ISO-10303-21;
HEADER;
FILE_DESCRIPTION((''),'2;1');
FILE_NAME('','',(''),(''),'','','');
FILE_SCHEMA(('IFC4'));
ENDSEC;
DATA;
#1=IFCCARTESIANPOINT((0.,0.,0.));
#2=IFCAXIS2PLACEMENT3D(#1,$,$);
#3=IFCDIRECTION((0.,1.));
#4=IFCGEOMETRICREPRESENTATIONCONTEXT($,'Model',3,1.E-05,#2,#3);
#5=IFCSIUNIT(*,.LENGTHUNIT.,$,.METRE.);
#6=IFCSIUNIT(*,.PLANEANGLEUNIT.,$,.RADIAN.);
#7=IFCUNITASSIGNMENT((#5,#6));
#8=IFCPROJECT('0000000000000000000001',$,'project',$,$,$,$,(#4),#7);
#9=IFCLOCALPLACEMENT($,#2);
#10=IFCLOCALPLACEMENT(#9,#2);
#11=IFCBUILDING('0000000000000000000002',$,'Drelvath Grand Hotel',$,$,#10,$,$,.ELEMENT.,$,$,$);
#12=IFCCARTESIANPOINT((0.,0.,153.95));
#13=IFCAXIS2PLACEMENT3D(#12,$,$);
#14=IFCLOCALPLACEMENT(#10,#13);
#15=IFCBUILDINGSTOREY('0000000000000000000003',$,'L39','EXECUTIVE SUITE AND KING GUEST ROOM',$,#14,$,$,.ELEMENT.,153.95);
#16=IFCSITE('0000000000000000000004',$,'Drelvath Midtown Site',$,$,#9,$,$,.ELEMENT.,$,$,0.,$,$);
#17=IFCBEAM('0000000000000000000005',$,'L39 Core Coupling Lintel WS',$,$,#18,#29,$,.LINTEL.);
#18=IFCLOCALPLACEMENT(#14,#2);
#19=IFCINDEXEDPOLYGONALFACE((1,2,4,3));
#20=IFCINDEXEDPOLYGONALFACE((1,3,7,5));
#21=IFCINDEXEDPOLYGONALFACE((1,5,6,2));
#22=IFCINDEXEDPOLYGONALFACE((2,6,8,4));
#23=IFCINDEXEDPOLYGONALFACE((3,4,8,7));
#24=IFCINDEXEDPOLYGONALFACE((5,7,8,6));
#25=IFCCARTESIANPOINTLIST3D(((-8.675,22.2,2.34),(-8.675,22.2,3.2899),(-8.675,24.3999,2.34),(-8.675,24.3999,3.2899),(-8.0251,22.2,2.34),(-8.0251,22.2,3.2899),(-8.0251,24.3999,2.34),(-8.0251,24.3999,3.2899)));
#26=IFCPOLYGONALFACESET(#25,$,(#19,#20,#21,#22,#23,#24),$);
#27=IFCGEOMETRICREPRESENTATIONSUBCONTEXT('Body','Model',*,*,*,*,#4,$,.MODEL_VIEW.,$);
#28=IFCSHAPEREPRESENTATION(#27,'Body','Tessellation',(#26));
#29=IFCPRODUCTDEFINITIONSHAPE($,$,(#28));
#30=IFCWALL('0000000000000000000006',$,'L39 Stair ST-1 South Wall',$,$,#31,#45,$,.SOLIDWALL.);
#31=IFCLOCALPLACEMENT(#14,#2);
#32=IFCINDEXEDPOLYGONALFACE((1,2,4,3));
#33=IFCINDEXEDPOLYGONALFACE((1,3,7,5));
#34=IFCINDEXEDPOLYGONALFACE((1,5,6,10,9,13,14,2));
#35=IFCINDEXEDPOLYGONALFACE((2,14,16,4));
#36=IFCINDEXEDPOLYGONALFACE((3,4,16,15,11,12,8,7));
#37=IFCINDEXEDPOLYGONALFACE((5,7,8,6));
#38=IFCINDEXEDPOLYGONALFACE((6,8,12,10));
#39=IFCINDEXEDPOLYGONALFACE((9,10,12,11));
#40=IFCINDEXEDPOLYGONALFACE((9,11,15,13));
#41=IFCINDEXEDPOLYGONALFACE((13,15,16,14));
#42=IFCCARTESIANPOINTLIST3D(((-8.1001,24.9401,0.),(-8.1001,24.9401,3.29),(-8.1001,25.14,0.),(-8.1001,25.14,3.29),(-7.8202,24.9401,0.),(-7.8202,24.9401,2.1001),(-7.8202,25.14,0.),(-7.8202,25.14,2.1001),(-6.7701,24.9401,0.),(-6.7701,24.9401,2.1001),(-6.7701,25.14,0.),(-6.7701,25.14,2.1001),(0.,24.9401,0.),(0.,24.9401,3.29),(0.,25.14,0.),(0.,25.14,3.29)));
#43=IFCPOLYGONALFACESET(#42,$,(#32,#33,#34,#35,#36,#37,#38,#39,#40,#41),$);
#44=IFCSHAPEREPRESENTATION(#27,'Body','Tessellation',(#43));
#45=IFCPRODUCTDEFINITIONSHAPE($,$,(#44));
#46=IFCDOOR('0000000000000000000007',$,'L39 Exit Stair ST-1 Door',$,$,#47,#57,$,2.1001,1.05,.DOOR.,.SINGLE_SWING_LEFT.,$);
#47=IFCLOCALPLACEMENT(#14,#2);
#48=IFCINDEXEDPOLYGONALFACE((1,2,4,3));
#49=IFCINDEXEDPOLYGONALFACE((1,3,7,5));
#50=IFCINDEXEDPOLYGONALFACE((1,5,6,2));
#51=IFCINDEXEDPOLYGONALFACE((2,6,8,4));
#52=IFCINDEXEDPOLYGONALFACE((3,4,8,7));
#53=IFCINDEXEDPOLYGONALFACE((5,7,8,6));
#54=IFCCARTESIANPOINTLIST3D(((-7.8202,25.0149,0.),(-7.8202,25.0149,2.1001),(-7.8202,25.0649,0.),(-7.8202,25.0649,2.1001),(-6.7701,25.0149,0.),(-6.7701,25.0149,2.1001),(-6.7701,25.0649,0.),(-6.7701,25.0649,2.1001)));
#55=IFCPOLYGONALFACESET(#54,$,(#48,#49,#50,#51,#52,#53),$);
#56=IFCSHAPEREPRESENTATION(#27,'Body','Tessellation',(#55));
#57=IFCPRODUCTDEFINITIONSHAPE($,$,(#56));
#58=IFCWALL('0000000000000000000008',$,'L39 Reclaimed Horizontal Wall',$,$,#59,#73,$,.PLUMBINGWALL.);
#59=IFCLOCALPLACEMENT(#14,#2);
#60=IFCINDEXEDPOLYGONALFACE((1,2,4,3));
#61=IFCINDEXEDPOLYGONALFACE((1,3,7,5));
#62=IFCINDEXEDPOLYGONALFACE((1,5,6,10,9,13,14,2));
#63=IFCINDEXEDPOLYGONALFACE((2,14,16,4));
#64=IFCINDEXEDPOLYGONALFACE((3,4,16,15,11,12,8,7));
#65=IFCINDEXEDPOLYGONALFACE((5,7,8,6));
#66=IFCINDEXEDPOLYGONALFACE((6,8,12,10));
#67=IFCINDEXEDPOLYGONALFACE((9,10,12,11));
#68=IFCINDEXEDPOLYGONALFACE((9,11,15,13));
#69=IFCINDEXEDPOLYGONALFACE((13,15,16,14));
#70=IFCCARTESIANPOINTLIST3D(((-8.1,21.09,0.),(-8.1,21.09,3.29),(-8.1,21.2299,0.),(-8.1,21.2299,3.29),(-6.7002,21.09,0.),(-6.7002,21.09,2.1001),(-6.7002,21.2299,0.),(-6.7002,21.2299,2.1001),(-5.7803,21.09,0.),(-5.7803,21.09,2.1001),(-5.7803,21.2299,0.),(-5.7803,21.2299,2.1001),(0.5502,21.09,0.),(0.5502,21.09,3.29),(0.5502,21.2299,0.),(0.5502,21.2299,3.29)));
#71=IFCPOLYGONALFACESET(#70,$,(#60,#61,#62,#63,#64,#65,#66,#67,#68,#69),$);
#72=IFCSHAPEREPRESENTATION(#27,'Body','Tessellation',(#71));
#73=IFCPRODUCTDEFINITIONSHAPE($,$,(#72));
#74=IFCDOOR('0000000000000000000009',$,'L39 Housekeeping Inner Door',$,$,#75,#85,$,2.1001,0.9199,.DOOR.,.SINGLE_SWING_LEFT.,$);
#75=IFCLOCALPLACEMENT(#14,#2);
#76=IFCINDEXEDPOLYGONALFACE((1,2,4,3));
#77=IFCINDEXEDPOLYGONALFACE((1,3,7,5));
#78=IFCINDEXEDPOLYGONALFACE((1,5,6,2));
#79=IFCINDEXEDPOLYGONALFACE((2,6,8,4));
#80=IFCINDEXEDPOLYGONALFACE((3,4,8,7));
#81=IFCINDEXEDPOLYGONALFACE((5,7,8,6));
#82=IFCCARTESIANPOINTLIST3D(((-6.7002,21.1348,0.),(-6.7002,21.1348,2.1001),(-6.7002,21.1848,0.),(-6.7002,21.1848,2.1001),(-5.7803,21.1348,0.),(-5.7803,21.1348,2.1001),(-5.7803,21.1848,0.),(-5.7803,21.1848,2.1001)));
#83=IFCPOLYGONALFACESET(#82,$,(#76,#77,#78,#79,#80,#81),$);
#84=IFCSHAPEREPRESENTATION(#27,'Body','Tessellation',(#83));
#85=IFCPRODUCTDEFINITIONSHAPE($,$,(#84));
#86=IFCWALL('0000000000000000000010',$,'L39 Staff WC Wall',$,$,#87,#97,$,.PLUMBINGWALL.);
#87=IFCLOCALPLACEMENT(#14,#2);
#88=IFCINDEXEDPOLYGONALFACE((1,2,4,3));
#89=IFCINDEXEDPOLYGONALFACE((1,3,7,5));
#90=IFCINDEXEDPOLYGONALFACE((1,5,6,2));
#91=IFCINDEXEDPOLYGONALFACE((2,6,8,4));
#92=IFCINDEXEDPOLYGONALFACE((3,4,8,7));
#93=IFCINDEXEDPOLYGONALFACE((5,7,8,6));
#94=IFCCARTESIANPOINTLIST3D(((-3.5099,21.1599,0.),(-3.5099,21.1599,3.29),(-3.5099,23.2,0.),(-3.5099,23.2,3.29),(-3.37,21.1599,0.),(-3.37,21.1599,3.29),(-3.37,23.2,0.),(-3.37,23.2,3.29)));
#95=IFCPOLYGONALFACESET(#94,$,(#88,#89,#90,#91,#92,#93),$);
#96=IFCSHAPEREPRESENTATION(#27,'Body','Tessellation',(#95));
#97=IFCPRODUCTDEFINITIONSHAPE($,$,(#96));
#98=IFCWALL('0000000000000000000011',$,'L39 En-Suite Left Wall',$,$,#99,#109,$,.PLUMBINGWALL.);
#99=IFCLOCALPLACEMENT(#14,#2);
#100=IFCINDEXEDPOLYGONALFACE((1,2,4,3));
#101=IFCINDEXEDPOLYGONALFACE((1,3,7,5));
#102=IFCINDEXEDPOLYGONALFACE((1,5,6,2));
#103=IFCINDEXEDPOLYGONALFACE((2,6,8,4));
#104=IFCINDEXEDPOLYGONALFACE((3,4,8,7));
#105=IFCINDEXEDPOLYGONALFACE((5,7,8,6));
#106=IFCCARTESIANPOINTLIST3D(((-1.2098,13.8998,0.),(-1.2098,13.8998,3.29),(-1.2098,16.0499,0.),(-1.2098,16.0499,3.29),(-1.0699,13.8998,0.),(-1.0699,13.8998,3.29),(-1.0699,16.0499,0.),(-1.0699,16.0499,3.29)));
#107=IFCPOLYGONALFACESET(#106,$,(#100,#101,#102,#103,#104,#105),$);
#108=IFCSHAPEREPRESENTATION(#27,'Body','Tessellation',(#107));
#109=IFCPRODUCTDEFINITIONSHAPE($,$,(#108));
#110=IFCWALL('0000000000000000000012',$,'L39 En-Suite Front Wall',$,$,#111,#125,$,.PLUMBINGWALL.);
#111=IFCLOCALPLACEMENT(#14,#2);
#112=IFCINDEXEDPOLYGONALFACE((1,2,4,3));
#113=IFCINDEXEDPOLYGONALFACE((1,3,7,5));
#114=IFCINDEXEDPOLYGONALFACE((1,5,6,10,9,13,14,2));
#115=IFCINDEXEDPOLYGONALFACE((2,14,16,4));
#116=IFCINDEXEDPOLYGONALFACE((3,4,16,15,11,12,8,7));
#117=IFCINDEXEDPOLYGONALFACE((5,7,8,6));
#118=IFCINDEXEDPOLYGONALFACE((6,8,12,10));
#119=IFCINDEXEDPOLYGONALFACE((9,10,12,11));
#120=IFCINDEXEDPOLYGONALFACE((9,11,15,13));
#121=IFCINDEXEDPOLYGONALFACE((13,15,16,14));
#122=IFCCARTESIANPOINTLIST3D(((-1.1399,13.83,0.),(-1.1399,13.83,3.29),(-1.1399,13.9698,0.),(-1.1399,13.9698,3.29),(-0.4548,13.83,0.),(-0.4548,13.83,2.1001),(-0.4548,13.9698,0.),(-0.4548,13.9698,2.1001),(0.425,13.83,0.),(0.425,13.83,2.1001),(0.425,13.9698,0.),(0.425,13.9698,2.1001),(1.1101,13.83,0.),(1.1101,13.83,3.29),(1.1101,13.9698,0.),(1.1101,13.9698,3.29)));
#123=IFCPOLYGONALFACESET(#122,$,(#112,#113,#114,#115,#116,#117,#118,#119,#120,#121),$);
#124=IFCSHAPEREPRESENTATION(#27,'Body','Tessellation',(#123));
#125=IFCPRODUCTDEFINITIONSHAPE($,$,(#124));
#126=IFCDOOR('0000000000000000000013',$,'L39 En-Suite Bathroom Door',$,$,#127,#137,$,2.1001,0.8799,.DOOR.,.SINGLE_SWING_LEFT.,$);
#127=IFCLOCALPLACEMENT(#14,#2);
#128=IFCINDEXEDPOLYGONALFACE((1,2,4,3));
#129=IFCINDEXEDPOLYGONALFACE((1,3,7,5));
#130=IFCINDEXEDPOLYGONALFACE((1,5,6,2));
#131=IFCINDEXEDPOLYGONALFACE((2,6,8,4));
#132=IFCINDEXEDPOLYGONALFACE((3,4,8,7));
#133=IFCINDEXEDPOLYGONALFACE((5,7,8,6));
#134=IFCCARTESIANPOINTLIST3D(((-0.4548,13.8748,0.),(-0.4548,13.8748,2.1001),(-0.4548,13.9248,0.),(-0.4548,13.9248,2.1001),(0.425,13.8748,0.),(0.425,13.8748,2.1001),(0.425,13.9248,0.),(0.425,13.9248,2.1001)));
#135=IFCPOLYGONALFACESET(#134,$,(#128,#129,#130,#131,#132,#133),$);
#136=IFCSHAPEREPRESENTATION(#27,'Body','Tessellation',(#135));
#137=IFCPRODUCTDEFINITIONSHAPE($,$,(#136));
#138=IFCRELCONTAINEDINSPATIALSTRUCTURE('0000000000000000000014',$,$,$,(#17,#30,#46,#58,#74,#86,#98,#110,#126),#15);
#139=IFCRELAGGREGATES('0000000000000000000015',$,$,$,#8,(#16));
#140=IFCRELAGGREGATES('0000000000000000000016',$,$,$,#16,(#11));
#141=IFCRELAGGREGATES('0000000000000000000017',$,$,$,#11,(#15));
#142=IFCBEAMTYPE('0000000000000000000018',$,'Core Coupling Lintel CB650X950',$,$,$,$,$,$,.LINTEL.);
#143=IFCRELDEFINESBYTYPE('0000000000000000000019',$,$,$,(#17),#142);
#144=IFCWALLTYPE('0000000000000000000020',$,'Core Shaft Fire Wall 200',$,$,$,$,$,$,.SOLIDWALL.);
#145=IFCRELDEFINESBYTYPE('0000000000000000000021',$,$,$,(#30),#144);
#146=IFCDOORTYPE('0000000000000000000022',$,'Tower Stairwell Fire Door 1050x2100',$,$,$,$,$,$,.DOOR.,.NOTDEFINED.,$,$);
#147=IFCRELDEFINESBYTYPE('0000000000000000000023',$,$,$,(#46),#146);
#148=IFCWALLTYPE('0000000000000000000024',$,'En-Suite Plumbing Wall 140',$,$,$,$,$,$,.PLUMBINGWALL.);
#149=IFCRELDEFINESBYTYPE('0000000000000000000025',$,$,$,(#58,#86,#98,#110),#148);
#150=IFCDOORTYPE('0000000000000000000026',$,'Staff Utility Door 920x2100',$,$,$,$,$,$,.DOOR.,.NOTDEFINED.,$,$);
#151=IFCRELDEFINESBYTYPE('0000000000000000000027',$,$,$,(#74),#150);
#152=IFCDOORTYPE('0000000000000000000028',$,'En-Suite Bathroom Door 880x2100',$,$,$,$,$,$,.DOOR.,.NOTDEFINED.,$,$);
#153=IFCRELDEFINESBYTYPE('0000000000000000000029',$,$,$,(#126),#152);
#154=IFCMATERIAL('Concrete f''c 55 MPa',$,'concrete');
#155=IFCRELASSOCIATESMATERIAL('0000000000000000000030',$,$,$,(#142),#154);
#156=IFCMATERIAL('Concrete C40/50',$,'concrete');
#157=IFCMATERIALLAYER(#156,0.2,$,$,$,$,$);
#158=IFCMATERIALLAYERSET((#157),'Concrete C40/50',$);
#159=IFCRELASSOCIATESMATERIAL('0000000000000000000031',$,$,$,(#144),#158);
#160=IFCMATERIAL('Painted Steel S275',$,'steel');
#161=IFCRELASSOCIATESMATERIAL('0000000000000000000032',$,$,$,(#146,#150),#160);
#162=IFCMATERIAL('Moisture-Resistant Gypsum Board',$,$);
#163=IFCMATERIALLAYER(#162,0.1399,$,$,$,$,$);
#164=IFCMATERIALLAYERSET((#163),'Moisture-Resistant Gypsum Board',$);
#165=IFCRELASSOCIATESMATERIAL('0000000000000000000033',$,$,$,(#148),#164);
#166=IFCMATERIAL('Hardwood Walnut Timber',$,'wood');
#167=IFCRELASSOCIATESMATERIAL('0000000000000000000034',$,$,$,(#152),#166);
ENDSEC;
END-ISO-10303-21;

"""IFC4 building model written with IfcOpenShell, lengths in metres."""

from ifc_helpers import new_model, si_unit, direction, frame, frame_2d, origin, origin_2d, place, context, subcontext, project, spatial, rectangle, extrude, material, layer, layer_set, material_profile, profile_set, type_object, element, fill, save


model = new_model("IFC4")

# Units and contexts
model_context = context("Model", 3, precision=1e-05, world=origin(), true_north=direction((0.0, 1.0)))
body_context = subcontext(model_context, "Body", "Model", "MODEL_VIEW")
ifc_project = project(units=[si_unit("LENGTHUNIT", "METRE"), si_unit("PLANEANGLEUNIT", "RADIAN")], contexts=[model_context])

# Site, building, storey
site_placement = place(None, origin())
site = spatial("IfcSite", under=ifc_project, at=site_placement, Name="Drelvath Midtown Site", CompositionType="ELEMENT", RefElevation=0.0)
building_placement = place(site_placement, origin())
building = spatial("IfcBuilding", under=site, at=building_placement, Name="Drelvath Grand Hotel", CompositionType="ELEMENT")
storey_placement = place(building_placement, frame((0.0, 0.0, 153.95)))
storey = spatial("IfcBuildingStorey", under=building, at=storey_placement, Name="L39", Description="EXECUTIVE SUITE AND KING GUEST ROOM", CompositionType="ELEMENT", Elevation=153.95)

# Beam
ifc_material_1 = material(Name="Concrete f'c 55 MPa", Category="concrete")
ifc_material_profile = material_profile(ifc_material_1, rectangle(XDim=0.6499, YDim=0.95, at=origin_2d()), Name="CB650X950")
ifc_profile_set = profile_set([ifc_material_profile], Name="Concrete f'c 55 MPa")
beam_type = type_object("IfcBeamType", Name="Core Coupling Lintel CB650X950", PredefinedType="LINTEL", material=ifc_profile_set)
beam_placement = place(storey_placement, frame((-8.3501, 22.2, 2.8149), z_axis=(0.0, 1.0, 0.0), x_axis=(-1.0, 0.0, 0.0)))
element("IfcBeam", 1, at=beam_placement, inside=storey, type_object=beam_type, Name="L39 Core Coupling Lintel WS", PredefinedType="LINTEL", context=body_context, shape_type="SweptSolid", body=[
    extrude(rectangle(XDim=0.6499, YDim=0.95, at=origin_2d()), origin(), (0.0, 0.0, 1.0), 2.2),
])

# Walls, openings, doors
ifc_material_2 = material(Name="Concrete C40/50", Category="concrete")
ifc_layer_1 = layer(ifc_material_2, 0.2)
ifc_layer_set_1 = layer_set([ifc_layer_1], Name="Concrete C40/50")
wall_type_1 = type_object("IfcWallType", Name="Core Shaft Fire Wall 200", PredefinedType="SOLIDWALL", material=ifc_layer_set_1)
wall_1_placement = place(storey_placement, frame((-8.1001, 25.04, 0.0), z_axis=(0.0, 0.0, 1.0), x_axis=(1.0, 0.0, 0.0)))
wall_1 = element("IfcWall", 2, at=wall_1_placement, inside=storey, type_object=wall_type_1, Name="L39 Stair ST-1 South Wall", PredefinedType="SOLIDWALL", context=body_context, shape_type="SweptSolid", body=[
    extrude(rectangle(XDim=8.1001, YDim=0.2, at=frame_2d((4.05, 0.0))), origin(), (0.0, 0.0, 1.0), 3.29),
])
opening_1_placement = place(wall_1_placement, frame((0.28, 0.0, 0.0)))
opening_1 = element("IfcOpeningElement", 3, at=opening_1_placement, cuts=wall_1, PredefinedType="OPENING", context=body_context, shape_type="SweptSolid", body=[
    extrude(rectangle(XDim=1.05, YDim=2.1001, at=frame_2d((0.5249, 1.05))), frame((0.0, 0.1099, 0.0), z_axis=(0.0, -1.0, 0.0), x_axis=(1.0, 0.0, 0.0)), (0.0, 0.0, 1.0), 0.22),
])
ifc_material_3 = material(Name="Painted Steel S275", Category="steel")
door_type_1 = type_object("IfcDoorType", Name="Tower Stairwell Fire Door 1050x2100", OperationType="NOTDEFINED", PredefinedType="DOOR", material=ifc_material_3)
door_1_placement = place(opening_1_placement, origin())
door_1 = element("IfcDoor", 4, at=door_1_placement, inside=storey, type_object=door_type_1, Name="L39 Exit Stair ST-1 Door", OperationType="SINGLE_SWING_LEFT", OverallHeight=2.1001, OverallWidth=1.05, PredefinedType="DOOR", context=body_context, shape_type="SweptSolid", body=[
    extrude(rectangle(XDim=1.05, YDim=2.1001, at=frame_2d((0.5249, 1.05))), frame((0.0, 0.0249, 0.0), z_axis=(0.0, -1.0, 0.0), x_axis=(1.0, 0.0, 0.0)), (0.0, 0.0, 1.0), 0.05),
])
fill(opening_1, door_1)
ifc_material_4 = material(Name="Moisture-Resistant Gypsum Board")
ifc_layer_2 = layer(ifc_material_4, 0.1399)
ifc_layer_set_2 = layer_set([ifc_layer_2], Name="Moisture-Resistant Gypsum Board")
wall_type_2 = type_object("IfcWallType", Name="En-Suite Plumbing Wall 140", PredefinedType="PLUMBINGWALL", material=ifc_layer_set_2)
wall_2_placement = place(storey_placement, frame((-8.1001, 21.1599, 0.0), z_axis=(0.0, 0.0, 1.0), x_axis=(1.0, 0.0, 0.0)))
wall_2 = element("IfcWall", 5, at=wall_2_placement, inside=storey, type_object=wall_type_2, Name="L39 Reclaimed Horizontal Wall", PredefinedType="PLUMBINGWALL", context=body_context, shape_type="SweptSolid", body=[
    extrude(rectangle(XDim=8.6501, YDim=0.1399, at=frame_2d((4.3252, 0.0))), origin(), (0.0, 0.0, 1.0), 3.29),
])
opening_2_placement = place(wall_2_placement, frame((1.3999, 0.0, 0.0)))
opening_2 = element("IfcOpeningElement", 6, at=opening_2_placement, cuts=wall_2, PredefinedType="OPENING", context=body_context, shape_type="SweptSolid", body=[
    extrude(rectangle(XDim=0.9199, YDim=2.1001, at=frame_2d((0.46, 1.05))), frame((0.0, 0.0798, 0.0), z_axis=(0.0, -1.0, 0.0), x_axis=(1.0, 0.0, 0.0)), (0.0, 0.0, 1.0), 0.1599),
])
door_type_2 = type_object("IfcDoorType", Name="Staff Utility Door 920x2100", OperationType="NOTDEFINED", PredefinedType="DOOR", material=ifc_material_3)
door_2_placement = place(opening_2_placement, origin())
door_2 = element("IfcDoor", 7, at=door_2_placement, inside=storey, type_object=door_type_2, Name="L39 Housekeeping Inner Door", OperationType="SINGLE_SWING_LEFT", OverallHeight=2.1001, OverallWidth=0.9199, PredefinedType="DOOR", context=body_context, shape_type="SweptSolid", body=[
    extrude(rectangle(XDim=0.9199, YDim=2.1001, at=frame_2d((0.46, 1.05))), frame((0.0, 0.0249, 0.0), z_axis=(0.0, -1.0, 0.0), x_axis=(1.0, 0.0, 0.0)), (0.0, 0.0, 1.0), 0.05),
])
fill(opening_2, door_2)

# Walls
wall_3_placement = place(storey_placement, frame((-3.4399, 21.1599, 0.0), z_axis=(0.0, 0.0, 1.0), x_axis=(0.0, 1.0, 0.0)))
element("IfcWall", 8, at=wall_3_placement, inside=storey, type_object=wall_type_2, Name="L39 Staff WC Wall", PredefinedType="PLUMBINGWALL", context=body_context, shape_type="SweptSolid", body=[
    extrude(rectangle(XDim=2.04, YDim=0.1399, at=frame_2d((1.02, 0.0))), origin(), (0.0, 0.0, 1.0), 3.29),
])
wall_4_placement = place(storey_placement, frame((-1.1399, 16.05, 0.0), z_axis=(0.0, 0.0, 1.0), x_axis=(0.0, -1.0, 0.0)))
element("IfcWall", 9, at=wall_4_placement, inside=storey, type_object=wall_type_2, Name="L39 En-Suite Left Wall", PredefinedType="PLUMBINGWALL", context=body_context, shape_type="SweptSolid", body=[
    extrude(rectangle(XDim=2.1501, YDim=0.1399, at=frame_2d((1.0752, 0.0))), origin(), (0.0, 0.0, 1.0), 3.29),
])

# Wall, opening, door
wall_5_placement = place(storey_placement, frame((-1.1399, 13.8999, 0.0), z_axis=(0.0, 0.0, 1.0), x_axis=(1.0, 0.0, 0.0)))
wall_5 = element("IfcWall", 10, at=wall_5_placement, inside=storey, type_object=wall_type_2, Name="L39 En-Suite Front Wall", PredefinedType="PLUMBINGWALL", context=body_context, shape_type="SweptSolid", body=[
    extrude(rectangle(XDim=2.25, YDim=0.1399, at=frame_2d((1.125, 0.0))), origin(), (0.0, 0.0, 1.0), 3.29),
])
opening_3_placement = place(wall_5_placement, frame((0.6851, 0.0, 0.0)))
opening_3 = element("IfcOpeningElement", 11, at=opening_3_placement, cuts=wall_5, PredefinedType="OPENING", context=body_context, shape_type="SweptSolid", body=[
    extrude(rectangle(XDim=0.8799, YDim=2.1001, at=frame_2d((0.4399, 1.05))), frame((0.0, 0.0798, 0.0), z_axis=(0.0, -1.0, 0.0), x_axis=(1.0, 0.0, 0.0)), (0.0, 0.0, 1.0), 0.1599),
])
ifc_material_5 = material(Name="Hardwood Walnut Timber", Category="wood")
door_type_3 = type_object("IfcDoorType", Name="En-Suite Bathroom Door 880x2100", OperationType="NOTDEFINED", PredefinedType="DOOR", material=ifc_material_5)
door_3_placement = place(opening_3_placement, origin())
door_3 = element("IfcDoor", 12, at=door_3_placement, inside=storey, type_object=door_type_3, Name="L39 En-Suite Bathroom Door", OperationType="SINGLE_SWING_LEFT", OverallHeight=2.1001, OverallWidth=0.8799, PredefinedType="DOOR", context=body_context, shape_type="SweptSolid", body=[
    extrude(rectangle(XDim=0.8799, YDim=2.1001, at=frame_2d((0.4399, 1.05))), frame((0.0, 0.0249, 0.0), z_axis=(0.0, -1.0, 0.0), x_axis=(1.0, 0.0, 0.0)), (0.0, 0.0, 1.0), 0.05),
])
fill(opening_3, door_3)

save(model, "model.ifc")
